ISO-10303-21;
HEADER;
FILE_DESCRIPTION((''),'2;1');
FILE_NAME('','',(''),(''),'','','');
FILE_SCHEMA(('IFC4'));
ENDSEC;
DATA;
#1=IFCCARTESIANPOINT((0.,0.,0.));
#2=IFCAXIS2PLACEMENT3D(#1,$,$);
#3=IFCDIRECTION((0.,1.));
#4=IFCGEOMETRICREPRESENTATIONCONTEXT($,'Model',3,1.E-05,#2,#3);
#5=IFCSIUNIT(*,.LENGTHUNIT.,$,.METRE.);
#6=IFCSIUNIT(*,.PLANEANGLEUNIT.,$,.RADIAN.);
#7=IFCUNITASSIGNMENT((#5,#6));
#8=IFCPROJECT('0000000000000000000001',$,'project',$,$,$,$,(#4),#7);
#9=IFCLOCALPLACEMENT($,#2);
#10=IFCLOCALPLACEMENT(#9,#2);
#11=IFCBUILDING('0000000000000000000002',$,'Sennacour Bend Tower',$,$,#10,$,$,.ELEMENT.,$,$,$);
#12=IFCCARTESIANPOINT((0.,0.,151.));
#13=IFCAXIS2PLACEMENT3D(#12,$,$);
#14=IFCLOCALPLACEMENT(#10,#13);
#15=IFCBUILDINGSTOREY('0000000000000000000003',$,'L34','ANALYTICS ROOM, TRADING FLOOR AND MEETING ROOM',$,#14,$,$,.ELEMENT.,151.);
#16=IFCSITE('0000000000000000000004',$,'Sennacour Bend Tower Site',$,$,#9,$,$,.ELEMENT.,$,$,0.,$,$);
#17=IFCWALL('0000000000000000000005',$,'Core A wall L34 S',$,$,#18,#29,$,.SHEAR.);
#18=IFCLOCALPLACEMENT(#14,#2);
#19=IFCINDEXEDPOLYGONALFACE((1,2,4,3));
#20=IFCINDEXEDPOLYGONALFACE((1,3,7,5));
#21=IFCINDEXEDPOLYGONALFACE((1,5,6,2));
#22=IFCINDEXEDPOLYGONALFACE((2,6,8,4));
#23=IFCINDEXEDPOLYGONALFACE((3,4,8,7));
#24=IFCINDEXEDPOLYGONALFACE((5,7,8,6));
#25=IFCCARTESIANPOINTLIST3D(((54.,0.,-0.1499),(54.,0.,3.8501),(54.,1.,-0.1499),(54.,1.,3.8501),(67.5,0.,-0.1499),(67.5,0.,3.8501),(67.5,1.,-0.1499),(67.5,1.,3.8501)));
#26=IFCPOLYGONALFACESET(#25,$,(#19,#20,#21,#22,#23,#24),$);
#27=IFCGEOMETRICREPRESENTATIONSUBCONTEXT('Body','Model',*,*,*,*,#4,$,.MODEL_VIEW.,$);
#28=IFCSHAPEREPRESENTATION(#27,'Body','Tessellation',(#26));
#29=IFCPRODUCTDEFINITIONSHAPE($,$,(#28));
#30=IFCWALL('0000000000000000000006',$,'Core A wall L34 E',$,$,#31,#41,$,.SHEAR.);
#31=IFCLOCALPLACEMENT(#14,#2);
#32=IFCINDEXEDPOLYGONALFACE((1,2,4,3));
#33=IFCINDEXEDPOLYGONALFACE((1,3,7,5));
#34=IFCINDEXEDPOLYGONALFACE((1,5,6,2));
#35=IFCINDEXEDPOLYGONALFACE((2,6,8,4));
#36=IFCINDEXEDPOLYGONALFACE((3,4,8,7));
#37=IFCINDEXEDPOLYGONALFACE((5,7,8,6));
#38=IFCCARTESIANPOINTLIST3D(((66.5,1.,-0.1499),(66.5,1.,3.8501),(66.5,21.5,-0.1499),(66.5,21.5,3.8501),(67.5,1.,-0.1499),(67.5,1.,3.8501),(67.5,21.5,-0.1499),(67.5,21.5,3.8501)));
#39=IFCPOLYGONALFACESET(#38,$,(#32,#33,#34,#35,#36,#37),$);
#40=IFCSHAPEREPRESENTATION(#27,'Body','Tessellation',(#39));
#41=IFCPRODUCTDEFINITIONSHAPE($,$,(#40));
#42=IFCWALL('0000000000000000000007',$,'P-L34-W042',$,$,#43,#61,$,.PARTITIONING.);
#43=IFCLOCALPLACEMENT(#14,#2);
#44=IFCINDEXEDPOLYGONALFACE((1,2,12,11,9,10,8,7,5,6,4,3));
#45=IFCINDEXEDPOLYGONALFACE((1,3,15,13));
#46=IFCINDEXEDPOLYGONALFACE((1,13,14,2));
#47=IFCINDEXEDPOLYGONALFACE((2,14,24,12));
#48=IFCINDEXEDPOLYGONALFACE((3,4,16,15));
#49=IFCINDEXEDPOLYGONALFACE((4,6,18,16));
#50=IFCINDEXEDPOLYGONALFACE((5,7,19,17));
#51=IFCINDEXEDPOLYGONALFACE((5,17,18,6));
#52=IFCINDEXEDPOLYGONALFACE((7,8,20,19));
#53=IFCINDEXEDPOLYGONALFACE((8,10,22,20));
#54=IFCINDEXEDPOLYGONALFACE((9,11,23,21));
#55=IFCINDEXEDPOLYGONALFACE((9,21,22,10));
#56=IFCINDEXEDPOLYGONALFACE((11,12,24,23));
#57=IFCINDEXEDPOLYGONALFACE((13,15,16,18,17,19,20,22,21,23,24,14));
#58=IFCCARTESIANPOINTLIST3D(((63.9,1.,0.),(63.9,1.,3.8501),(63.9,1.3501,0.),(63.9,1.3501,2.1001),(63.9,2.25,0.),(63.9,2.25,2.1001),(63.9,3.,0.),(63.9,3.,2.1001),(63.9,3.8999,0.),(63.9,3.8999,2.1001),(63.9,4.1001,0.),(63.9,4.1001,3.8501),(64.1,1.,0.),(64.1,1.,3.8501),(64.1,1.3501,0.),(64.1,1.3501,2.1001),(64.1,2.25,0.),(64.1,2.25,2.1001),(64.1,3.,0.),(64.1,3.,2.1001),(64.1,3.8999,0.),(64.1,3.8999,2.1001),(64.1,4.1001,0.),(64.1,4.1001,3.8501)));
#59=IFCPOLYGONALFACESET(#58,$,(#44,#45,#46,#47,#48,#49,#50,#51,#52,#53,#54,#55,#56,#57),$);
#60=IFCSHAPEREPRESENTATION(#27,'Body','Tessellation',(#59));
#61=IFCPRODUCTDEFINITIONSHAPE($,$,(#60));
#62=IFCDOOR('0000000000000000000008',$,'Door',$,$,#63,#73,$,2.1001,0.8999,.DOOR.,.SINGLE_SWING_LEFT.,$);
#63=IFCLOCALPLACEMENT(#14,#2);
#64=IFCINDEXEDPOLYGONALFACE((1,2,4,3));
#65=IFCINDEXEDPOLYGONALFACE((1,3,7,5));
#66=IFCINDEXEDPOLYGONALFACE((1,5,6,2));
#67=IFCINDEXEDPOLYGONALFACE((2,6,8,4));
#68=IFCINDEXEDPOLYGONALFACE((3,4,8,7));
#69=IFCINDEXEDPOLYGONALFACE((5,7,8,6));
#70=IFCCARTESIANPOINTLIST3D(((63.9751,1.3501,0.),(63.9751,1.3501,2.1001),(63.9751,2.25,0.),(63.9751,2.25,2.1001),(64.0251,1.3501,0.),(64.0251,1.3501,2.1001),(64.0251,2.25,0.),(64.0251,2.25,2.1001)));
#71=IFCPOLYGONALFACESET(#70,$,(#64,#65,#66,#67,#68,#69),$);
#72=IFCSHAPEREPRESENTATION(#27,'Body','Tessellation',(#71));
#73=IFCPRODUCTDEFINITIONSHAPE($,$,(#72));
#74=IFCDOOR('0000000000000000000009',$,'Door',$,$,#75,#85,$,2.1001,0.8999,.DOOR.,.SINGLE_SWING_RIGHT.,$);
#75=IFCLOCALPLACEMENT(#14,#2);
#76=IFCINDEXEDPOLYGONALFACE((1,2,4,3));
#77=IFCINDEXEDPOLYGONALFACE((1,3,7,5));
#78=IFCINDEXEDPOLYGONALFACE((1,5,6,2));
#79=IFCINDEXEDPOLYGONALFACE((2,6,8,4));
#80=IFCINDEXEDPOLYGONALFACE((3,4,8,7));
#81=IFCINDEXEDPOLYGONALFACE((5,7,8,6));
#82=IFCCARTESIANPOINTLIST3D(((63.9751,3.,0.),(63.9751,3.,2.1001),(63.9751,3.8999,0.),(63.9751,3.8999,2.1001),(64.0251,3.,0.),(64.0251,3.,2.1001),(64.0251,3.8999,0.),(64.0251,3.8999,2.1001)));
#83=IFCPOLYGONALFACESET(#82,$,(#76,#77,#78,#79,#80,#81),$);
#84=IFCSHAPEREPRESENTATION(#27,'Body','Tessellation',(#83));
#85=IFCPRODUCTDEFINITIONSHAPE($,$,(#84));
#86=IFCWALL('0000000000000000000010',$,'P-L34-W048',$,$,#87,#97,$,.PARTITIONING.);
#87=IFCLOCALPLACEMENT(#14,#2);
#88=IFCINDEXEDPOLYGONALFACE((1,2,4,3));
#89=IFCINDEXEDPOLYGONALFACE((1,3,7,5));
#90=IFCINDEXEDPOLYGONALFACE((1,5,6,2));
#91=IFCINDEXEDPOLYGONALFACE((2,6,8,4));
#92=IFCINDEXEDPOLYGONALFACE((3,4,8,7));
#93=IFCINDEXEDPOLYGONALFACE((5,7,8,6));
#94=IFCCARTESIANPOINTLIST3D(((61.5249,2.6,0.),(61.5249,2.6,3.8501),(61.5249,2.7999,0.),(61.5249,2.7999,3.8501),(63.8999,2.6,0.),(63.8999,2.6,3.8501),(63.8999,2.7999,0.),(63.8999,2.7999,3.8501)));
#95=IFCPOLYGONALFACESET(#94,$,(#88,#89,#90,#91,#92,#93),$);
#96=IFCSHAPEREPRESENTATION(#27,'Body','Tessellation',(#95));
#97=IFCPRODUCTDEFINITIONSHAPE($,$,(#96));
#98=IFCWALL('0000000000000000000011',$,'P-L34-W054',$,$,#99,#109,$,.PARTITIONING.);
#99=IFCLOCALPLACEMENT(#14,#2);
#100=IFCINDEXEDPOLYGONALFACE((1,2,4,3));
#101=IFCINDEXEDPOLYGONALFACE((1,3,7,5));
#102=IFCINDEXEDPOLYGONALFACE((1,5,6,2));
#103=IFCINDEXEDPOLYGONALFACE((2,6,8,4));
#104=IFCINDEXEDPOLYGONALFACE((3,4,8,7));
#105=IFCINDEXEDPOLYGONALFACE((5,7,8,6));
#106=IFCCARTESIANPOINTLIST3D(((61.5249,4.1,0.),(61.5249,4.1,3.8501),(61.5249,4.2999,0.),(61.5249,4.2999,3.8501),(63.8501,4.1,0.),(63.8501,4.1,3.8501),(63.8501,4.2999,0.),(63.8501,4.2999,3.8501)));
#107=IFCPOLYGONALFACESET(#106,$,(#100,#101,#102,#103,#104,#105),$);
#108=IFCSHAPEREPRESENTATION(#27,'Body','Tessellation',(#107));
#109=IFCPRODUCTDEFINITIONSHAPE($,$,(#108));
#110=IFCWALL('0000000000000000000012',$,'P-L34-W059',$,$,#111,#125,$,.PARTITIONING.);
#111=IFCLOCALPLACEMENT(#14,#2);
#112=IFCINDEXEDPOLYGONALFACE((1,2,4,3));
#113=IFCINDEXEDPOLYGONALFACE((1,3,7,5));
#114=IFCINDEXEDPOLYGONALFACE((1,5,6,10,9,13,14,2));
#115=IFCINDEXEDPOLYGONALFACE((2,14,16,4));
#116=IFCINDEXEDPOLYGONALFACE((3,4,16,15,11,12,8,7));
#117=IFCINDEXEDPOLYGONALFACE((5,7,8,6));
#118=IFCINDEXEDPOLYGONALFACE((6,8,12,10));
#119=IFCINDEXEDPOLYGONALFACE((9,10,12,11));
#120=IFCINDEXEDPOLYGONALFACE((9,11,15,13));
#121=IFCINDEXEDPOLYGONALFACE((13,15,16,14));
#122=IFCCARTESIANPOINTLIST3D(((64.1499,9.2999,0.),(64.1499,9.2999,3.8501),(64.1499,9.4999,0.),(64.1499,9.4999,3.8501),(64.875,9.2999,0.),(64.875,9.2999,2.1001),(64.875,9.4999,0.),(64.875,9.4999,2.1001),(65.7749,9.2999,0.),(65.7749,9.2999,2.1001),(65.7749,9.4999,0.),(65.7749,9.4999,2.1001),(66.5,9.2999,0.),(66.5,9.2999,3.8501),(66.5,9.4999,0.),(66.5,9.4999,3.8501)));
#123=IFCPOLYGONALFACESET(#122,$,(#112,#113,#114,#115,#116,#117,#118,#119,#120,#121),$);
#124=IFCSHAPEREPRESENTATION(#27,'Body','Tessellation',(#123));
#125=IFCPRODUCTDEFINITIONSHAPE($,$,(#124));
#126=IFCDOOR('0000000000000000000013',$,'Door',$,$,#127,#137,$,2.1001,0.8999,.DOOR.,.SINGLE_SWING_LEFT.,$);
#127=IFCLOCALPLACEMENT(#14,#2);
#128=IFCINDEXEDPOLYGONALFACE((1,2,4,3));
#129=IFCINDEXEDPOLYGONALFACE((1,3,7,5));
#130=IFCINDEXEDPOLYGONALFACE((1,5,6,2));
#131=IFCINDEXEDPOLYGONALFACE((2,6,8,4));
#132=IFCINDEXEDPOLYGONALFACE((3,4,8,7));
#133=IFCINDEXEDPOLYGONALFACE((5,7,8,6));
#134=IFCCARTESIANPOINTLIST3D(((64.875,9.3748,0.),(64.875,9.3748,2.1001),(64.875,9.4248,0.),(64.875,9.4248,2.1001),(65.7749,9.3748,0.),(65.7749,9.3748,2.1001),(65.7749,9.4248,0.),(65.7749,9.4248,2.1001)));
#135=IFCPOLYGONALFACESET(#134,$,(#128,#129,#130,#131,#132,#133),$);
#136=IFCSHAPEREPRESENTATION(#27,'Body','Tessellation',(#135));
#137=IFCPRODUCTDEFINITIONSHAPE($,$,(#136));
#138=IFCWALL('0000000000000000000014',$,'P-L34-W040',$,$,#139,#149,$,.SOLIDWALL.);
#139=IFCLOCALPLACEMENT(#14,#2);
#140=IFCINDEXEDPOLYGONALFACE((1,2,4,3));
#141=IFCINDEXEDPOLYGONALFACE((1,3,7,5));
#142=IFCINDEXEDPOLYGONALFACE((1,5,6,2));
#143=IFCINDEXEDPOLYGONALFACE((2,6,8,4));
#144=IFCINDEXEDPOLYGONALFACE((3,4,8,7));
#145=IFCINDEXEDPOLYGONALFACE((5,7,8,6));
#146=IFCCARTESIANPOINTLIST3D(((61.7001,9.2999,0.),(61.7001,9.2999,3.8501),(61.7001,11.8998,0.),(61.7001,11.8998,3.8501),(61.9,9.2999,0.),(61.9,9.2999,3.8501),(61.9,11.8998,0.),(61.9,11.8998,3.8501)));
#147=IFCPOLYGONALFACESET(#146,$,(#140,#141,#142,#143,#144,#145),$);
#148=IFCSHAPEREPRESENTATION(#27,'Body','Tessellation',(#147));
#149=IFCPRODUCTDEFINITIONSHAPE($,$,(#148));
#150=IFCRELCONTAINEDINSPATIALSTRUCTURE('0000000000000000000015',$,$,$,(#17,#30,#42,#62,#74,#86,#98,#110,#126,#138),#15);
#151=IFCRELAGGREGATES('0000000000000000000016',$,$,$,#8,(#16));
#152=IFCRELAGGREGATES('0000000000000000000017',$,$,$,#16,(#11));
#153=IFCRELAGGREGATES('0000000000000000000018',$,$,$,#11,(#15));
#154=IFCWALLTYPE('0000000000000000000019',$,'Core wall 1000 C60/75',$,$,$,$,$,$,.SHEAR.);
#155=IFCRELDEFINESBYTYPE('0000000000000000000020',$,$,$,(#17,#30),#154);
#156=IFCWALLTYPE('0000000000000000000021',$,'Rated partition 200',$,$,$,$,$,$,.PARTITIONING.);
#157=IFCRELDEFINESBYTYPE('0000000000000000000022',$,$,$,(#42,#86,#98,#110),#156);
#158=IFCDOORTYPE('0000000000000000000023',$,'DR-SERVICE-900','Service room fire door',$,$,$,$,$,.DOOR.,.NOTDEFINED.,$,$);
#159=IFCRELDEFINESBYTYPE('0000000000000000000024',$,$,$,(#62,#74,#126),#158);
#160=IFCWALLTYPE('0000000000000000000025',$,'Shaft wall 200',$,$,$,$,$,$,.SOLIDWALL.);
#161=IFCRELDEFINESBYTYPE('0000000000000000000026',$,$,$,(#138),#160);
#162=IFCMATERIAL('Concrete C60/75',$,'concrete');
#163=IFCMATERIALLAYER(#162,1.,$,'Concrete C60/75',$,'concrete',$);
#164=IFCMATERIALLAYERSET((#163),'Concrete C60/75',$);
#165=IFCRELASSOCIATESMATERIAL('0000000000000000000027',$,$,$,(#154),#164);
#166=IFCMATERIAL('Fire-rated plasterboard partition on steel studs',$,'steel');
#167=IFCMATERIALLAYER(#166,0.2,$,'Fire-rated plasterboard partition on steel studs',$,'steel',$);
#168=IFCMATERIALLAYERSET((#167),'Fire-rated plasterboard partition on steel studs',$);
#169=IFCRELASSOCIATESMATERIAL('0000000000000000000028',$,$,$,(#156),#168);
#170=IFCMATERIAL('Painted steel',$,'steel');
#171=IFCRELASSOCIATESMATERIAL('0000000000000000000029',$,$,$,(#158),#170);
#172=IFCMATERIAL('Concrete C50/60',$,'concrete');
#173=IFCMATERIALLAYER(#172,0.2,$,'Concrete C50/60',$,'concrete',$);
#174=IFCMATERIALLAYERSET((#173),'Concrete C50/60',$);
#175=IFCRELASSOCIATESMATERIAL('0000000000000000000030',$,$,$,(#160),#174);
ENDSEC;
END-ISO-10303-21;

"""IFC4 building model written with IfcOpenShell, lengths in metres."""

from ifc_helpers import new_model, si_unit, direction, frame, frame_2d, origin, place, context, subcontext, project, spatial, rectangle, extrude, material, layer, layer_set, type_object, element, fill, save


model = new_model("IFC4")

# Units and contexts
model_context = context("Model", 3, precision=1e-05, world=origin(), true_north=direction((0.0, 1.0)))
body_context = subcontext(model_context, "Body", "Model", "MODEL_VIEW")
ifc_project = project(units=[si_unit("LENGTHUNIT", "METRE"), si_unit("PLANEANGLEUNIT", "RADIAN")], contexts=[model_context])

# Site, building, storey
site_placement = place(None, origin())
site = spatial("IfcSite", under=ifc_project, at=site_placement, Name="Sennacour Bend Tower Site", CompositionType="ELEMENT", RefElevation=0.0)
building_placement = place(site_placement, origin())
building = spatial("IfcBuilding", under=site, at=building_placement, Name="Sennacour Bend Tower", CompositionType="ELEMENT")
storey_placement = place(building_placement, frame((0.0, 0.0, 151.0)))
storey = spatial("IfcBuildingStorey", under=building, at=storey_placement, Name="L34", Description="ANALYTICS ROOM, TRADING FLOOR AND MEETING ROOM", CompositionType="ELEMENT", Elevation=151.0)

# Walls
ifc_material_1 = material(Name="Concrete C60/75", Category="concrete")
ifc_layer_1 = layer(ifc_material_1, 1.0, Name="Concrete C60/75", Category="concrete")
ifc_layer_set_1 = layer_set([ifc_layer_1], Name="Concrete C60/75")
wall_type_1 = type_object("IfcWallType", Name="Core wall 1000 C60/75", PredefinedType="SHEAR", material=ifc_layer_set_1)
wall_1_placement = place(storey_placement, frame((67.5, 0.5, -0.1499), z_axis=(0.0, 0.0, 1.0), x_axis=(-1.0, 0.0, 0.0)))
element("IfcWall", 1, at=wall_1_placement, inside=storey, type_object=wall_type_1, Name="Core A wall L34 S", PredefinedType="SHEAR", context=body_context, shape_type="SweptSolid", body=[
    extrude(rectangle(XDim=13.5, YDim=1.0, at=frame_2d((6.75, 0.0))), origin(), (0.0, 0.0, 1.0), 4.0),
])
wall_2_placement = place(storey_placement, frame((67.0, 1.0, -0.1499), z_axis=(0.0, 0.0, 1.0), x_axis=(0.0, 1.0, 0.0)))
element("IfcWall", 2, at=wall_2_placement, inside=storey, type_object=wall_type_1, Name="Core A wall L34 E", PredefinedType="SHEAR", context=body_context, shape_type="SweptSolid", body=[
    extrude(rectangle(XDim=20.5, YDim=1.0, at=frame_2d((10.25, 0.0))), origin(), (0.0, 0.0, 1.0), 4.0),
])

# Wall, openings, doors
ifc_material_2 = material(Name="Fire-rated plasterboard partition on steel studs", Category="steel")
ifc_layer_2 = layer(ifc_material_2, 0.2, Name="Fire-rated plasterboard partition on steel studs", Category="steel")
ifc_layer_set_2 = layer_set([ifc_layer_2], Name="Fire-rated plasterboard partition on steel studs")
wall_type_2 = type_object("IfcWallType", Name="Rated partition 200", PredefinedType="PARTITIONING", material=ifc_layer_set_2)
wall_3_placement = place(storey_placement, frame((64.0, 1.0, 0.0), z_axis=(0.0, 0.0, 1.0), x_axis=(0.0, 1.0, 0.0)))
wall_3 = element("IfcWall", 3, at=wall_3_placement, inside=storey, type_object=wall_type_2, Name="P-L34-W042", PredefinedType="PARTITIONING", context=body_context, shape_type="SweptSolid", body=[
    extrude(rectangle(XDim=3.1001, YDim=0.2, at=frame_2d((1.55, 0.0))), origin(), (0.0, 0.0, 1.0), 3.8501),
])
opening_1_placement = place(wall_3_placement, frame((0.3501, 0.0, 0.0)))
opening_1 = element("IfcOpeningElement", 4, at=opening_1_placement, cuts=wall_3, PredefinedType="OPENING", context=body_context, shape_type="SweptSolid", body=[
    extrude(rectangle(XDim=0.8999, YDim=2.1001, at=frame_2d((0.45, 1.05))), frame((0.0, 0.1099, 0.0), z_axis=(0.0, -1.0, 0.0), x_axis=(1.0, 0.0, 0.0)), (0.0, 0.0, 1.0), 0.22),
])
opening_2_placement = place(wall_3_placement, frame((2.0, 0.0, 0.0)))
opening_2 = element("IfcOpeningElement", 5, at=opening_2_placement, cuts=wall_3, PredefinedType="OPENING", context=body_context, shape_type="SweptSolid", body=[
    extrude(rectangle(XDim=0.8999, YDim=2.1001, at=frame_2d((0.45, 1.05))), frame((0.0, 0.1099, 0.0), z_axis=(0.0, -1.0, 0.0), x_axis=(1.0, 0.0, 0.0)), (0.0, 0.0, 1.0), 0.22),
])
ifc_material_3 = material(Name="Painted steel", Category="steel")
door_type_1 = type_object("IfcDoorType", Name="DR-SERVICE-900", Description="Service room fire door", OperationType="NOTDEFINED", PredefinedType="DOOR", material=ifc_material_3)
door_1_placement = place(opening_1_placement, origin())
door_1 = element("IfcDoor", 6, at=door_1_placement, inside=storey, type_object=door_type_1, Name="Door", OperationType="SINGLE_SWING_LEFT", OverallHeight=2.1001, OverallWidth=0.8999, PredefinedType="DOOR", context=body_context, shape_type="SweptSolid", body=[
    extrude(rectangle(XDim=0.8999, YDim=2.1001, at=frame_2d((0.45, 1.05))), frame((0.0, 0.0249, 0.0), z_axis=(0.0, -1.0, 0.0), x_axis=(1.0, 0.0, 0.0)), (0.0, 0.0, 1.0), 0.05),
])
fill(opening_1, door_1)
door_2_placement = place(opening_2_placement, origin())
door_2 = element("IfcDoor", 7, at=door_2_placement, inside=storey, type_object=door_type_1, Name="Door", OperationType="SINGLE_SWING_RIGHT", OverallHeight=2.1001, OverallWidth=0.8999, PredefinedType="DOOR", context=body_context, shape_type="SweptSolid", body=[
    extrude(rectangle(XDim=0.8999, YDim=2.1001, at=frame_2d((0.45, 1.05))), frame((0.0, 0.0249, 0.0), z_axis=(0.0, -1.0, 0.0), x_axis=(1.0, 0.0, 0.0)), (0.0, 0.0, 1.0), 0.05),
])
fill(opening_2, door_2)

# Walls
wall_4_placement = place(storey_placement, frame((61.5249, 2.7, 0.0), z_axis=(0.0, 0.0, 1.0), x_axis=(1.0, 0.0, 0.0)))
element("IfcWall", 8, at=wall_4_placement, inside=storey, type_object=wall_type_2, Name="P-L34-W048", PredefinedType="PARTITIONING", context=body_context, shape_type="SweptSolid", body=[
    extrude(rectangle(XDim=2.375, YDim=0.2, at=frame_2d((1.1875, 0.0))), origin(), (0.0, 0.0, 1.0), 3.8501),
])
wall_5_placement = place(storey_placement, frame((61.5249, 4.2, 0.0), z_axis=(0.0, 0.0, 1.0), x_axis=(1.0, 0.0, 0.0)))
element("IfcWall", 9, at=wall_5_placement, inside=storey, type_object=wall_type_2, Name="P-L34-W054", PredefinedType="PARTITIONING", context=body_context, shape_type="SweptSolid", body=[
    extrude(rectangle(XDim=2.3252, YDim=0.2, at=frame_2d((1.1626, 0.0))), origin(), (0.0, 0.0, 1.0), 3.8501),
])

# Wall, opening, door
wall_6_placement = place(storey_placement, frame((64.1499, 9.3999, 0.0), z_axis=(0.0, 0.0, 1.0), x_axis=(1.0, 0.0, 0.0)))
wall_6 = element("IfcWall", 10, at=wall_6_placement, inside=storey, type_object=wall_type_2, Name="P-L34-W059", PredefinedType="PARTITIONING", context=body_context, shape_type="SweptSolid", body=[
    extrude(rectangle(XDim=2.3501, YDim=0.2, at=frame_2d((1.175, 0.0))), origin(), (0.0, 0.0, 1.0), 3.8501),
])
opening_3_placement = place(wall_6_placement, frame((0.7251, 0.0, 0.0)))
opening_3 = element("IfcOpeningElement", 11, at=opening_3_placement, cuts=wall_6, PredefinedType="OPENING", context=body_context, shape_type="SweptSolid", body=[
    extrude(rectangle(XDim=0.8999, YDim=2.1001, at=frame_2d((0.45, 1.05))), frame((0.0, 0.1099, 0.0), z_axis=(0.0, -1.0, 0.0), x_axis=(1.0, 0.0, 0.0)), (0.0, 0.0, 1.0), 0.22),
])
door_3_placement = place(opening_3_placement, origin())
door_3 = element("IfcDoor", 12, at=door_3_placement, inside=storey, type_object=door_type_1, Name="Door", OperationType="SINGLE_SWING_LEFT", OverallHeight=2.1001, OverallWidth=0.8999, PredefinedType="DOOR", context=body_context, shape_type="SweptSolid", body=[
    extrude(rectangle(XDim=0.8999, YDim=2.1001, at=frame_2d((0.45, 1.05))), frame((0.0, 0.0249, 0.0), z_axis=(0.0, -1.0, 0.0), x_axis=(1.0, 0.0, 0.0)), (0.0, 0.0, 1.0), 0.05),
])
fill(opening_3, door_3)

# Wall
ifc_material_4 = material(Name="Concrete C50/60", Category="concrete")
ifc_layer_3 = layer(ifc_material_4, 0.2, Name="Concrete C50/60", Category="concrete")
ifc_layer_set_3 = layer_set([ifc_layer_3], Name="Concrete C50/60")
wall_type_3 = type_object("IfcWallType", Name="Shaft wall 200", PredefinedType="SOLIDWALL", material=ifc_layer_set_3)
wall_7_placement = place(storey_placement, frame((61.8, 9.3, 0.0), z_axis=(0.0, 0.0, 1.0), x_axis=(0.0, 1.0, 0.0)))
element("IfcWall", 13, at=wall_7_placement, inside=storey, type_object=wall_type_3, Name="P-L34-W040", PredefinedType="SOLIDWALL", context=body_context, shape_type="SweptSolid", body=[
    extrude(rectangle(XDim=2.5999, YDim=0.2, at=frame_2d((1.2998, 0.0))), origin(), (0.0, 0.0, 1.0), 3.8501),
])

save(model, "model.ifc")
